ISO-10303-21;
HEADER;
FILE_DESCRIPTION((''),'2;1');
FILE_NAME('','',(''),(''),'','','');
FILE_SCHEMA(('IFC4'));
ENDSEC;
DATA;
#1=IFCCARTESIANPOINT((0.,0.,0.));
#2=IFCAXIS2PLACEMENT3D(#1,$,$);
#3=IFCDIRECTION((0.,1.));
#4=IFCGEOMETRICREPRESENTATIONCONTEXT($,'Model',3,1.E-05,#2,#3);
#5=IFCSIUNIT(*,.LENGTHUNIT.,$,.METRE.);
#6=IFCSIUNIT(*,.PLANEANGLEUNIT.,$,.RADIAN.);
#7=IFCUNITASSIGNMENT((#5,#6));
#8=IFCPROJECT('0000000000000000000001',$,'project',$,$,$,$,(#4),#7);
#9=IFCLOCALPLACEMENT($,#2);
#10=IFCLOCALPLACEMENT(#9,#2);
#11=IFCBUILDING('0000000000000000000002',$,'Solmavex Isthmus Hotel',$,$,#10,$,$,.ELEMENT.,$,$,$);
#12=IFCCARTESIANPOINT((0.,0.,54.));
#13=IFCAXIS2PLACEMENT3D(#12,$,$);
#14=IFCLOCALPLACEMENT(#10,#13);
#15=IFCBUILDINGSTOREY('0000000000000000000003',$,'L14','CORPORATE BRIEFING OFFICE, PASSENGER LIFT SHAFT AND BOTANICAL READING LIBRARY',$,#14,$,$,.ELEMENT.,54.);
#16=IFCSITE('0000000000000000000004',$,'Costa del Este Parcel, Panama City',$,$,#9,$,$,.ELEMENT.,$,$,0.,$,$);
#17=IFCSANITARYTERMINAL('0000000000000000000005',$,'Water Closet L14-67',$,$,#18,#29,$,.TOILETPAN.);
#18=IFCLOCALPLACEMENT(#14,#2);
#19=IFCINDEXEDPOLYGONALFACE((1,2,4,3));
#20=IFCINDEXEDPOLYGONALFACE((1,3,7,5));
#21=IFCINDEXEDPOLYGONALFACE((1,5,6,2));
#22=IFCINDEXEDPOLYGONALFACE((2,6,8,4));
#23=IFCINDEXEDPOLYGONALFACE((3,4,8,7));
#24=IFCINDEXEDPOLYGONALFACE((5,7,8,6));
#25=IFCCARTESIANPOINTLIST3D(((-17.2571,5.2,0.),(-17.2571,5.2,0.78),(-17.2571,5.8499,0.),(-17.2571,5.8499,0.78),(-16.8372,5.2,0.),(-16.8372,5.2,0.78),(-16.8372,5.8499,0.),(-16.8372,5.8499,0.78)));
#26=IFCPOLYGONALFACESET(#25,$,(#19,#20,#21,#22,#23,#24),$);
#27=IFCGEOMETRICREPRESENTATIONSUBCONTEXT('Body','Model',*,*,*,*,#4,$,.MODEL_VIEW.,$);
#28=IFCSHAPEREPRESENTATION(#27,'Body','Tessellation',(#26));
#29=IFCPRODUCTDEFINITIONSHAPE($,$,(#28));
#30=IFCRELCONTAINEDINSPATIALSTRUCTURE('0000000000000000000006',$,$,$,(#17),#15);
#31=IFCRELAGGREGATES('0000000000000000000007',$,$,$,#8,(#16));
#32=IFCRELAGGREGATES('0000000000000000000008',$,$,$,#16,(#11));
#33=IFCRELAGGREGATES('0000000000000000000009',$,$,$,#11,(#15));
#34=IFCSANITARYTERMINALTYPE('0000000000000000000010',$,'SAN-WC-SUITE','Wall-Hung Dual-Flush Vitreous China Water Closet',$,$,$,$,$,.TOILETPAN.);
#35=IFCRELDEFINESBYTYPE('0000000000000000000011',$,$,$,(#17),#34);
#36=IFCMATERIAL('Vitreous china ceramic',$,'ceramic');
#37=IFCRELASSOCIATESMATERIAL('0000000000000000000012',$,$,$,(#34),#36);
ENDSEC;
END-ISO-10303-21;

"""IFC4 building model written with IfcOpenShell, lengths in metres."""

from ifc_helpers import new_model, si_unit, direction, frame, origin, origin_2d, place, context, subcontext, project, spatial, rectangle, extrude, material, type_object, element, save


model = new_model("IFC4")

# Units and contexts
model_context = context("Model", 3, precision=1e-05, world=origin(), true_north=direction((0.0, 1.0)))
body_context = subcontext(model_context, "Body", "Model", "MODEL_VIEW")
ifc_project = project(units=[si_unit("LENGTHUNIT", "METRE"), si_unit("PLANEANGLEUNIT", "RADIAN")], contexts=[model_context])

# Site, building, storey
site_placement = place(None, origin())
site = spatial("IfcSite", under=ifc_project, at=site_placement, Name="Costa del Este Parcel, Panama City", CompositionType="ELEMENT", RefElevation=0.0)
building_placement = place(site_placement, origin())
building = spatial("IfcBuilding", under=site, at=building_placement, Name="Solmavex Isthmus Hotel", CompositionType="ELEMENT")
storey_placement = place(building_placement, frame((0.0, 0.0, 54.0)))
storey = spatial("IfcBuildingStorey", under=building, at=storey_placement, Name="L14", Description="CORPORATE BRIEFING OFFICE, PASSENGER LIFT SHAFT AND BOTANICAL READING LIBRARY", CompositionType="ELEMENT", Elevation=54.0)

# Sanitary terminal
ifc_material_1 = material(Name="Vitreous china ceramic", Category="ceramic")
sanitary_terminal_type_1 = type_object("IfcSanitaryTerminalType", Name="SAN-WC-SUITE", Description="Wall-Hung Dual-Flush Vitreous China Water Closet", PredefinedType="TOILETPAN", material=ifc_material_1)
sanitary_terminal_1_placement = place(storey_placement, frame((-17.0471, 5.5249, 0.0), z_axis=(0.0, 0.0, 1.0), x_axis=(1.0, 0.0, 0.0)))
element("IfcSanitaryTerminal", 1, at=sanitary_terminal_1_placement, inside=storey, type_object=sanitary_terminal_type_1, Name="Water Closet L14-67", PredefinedType="TOILETPAN", context=body_context, shape_type="SweptSolid", body=[
    extrude(rectangle(XDim=0.4199, YDim=0.6499, at=origin_2d()), origin(), (0.0, 0.0, 1.0), 0.78),
])

save(model, "model.ifc")
